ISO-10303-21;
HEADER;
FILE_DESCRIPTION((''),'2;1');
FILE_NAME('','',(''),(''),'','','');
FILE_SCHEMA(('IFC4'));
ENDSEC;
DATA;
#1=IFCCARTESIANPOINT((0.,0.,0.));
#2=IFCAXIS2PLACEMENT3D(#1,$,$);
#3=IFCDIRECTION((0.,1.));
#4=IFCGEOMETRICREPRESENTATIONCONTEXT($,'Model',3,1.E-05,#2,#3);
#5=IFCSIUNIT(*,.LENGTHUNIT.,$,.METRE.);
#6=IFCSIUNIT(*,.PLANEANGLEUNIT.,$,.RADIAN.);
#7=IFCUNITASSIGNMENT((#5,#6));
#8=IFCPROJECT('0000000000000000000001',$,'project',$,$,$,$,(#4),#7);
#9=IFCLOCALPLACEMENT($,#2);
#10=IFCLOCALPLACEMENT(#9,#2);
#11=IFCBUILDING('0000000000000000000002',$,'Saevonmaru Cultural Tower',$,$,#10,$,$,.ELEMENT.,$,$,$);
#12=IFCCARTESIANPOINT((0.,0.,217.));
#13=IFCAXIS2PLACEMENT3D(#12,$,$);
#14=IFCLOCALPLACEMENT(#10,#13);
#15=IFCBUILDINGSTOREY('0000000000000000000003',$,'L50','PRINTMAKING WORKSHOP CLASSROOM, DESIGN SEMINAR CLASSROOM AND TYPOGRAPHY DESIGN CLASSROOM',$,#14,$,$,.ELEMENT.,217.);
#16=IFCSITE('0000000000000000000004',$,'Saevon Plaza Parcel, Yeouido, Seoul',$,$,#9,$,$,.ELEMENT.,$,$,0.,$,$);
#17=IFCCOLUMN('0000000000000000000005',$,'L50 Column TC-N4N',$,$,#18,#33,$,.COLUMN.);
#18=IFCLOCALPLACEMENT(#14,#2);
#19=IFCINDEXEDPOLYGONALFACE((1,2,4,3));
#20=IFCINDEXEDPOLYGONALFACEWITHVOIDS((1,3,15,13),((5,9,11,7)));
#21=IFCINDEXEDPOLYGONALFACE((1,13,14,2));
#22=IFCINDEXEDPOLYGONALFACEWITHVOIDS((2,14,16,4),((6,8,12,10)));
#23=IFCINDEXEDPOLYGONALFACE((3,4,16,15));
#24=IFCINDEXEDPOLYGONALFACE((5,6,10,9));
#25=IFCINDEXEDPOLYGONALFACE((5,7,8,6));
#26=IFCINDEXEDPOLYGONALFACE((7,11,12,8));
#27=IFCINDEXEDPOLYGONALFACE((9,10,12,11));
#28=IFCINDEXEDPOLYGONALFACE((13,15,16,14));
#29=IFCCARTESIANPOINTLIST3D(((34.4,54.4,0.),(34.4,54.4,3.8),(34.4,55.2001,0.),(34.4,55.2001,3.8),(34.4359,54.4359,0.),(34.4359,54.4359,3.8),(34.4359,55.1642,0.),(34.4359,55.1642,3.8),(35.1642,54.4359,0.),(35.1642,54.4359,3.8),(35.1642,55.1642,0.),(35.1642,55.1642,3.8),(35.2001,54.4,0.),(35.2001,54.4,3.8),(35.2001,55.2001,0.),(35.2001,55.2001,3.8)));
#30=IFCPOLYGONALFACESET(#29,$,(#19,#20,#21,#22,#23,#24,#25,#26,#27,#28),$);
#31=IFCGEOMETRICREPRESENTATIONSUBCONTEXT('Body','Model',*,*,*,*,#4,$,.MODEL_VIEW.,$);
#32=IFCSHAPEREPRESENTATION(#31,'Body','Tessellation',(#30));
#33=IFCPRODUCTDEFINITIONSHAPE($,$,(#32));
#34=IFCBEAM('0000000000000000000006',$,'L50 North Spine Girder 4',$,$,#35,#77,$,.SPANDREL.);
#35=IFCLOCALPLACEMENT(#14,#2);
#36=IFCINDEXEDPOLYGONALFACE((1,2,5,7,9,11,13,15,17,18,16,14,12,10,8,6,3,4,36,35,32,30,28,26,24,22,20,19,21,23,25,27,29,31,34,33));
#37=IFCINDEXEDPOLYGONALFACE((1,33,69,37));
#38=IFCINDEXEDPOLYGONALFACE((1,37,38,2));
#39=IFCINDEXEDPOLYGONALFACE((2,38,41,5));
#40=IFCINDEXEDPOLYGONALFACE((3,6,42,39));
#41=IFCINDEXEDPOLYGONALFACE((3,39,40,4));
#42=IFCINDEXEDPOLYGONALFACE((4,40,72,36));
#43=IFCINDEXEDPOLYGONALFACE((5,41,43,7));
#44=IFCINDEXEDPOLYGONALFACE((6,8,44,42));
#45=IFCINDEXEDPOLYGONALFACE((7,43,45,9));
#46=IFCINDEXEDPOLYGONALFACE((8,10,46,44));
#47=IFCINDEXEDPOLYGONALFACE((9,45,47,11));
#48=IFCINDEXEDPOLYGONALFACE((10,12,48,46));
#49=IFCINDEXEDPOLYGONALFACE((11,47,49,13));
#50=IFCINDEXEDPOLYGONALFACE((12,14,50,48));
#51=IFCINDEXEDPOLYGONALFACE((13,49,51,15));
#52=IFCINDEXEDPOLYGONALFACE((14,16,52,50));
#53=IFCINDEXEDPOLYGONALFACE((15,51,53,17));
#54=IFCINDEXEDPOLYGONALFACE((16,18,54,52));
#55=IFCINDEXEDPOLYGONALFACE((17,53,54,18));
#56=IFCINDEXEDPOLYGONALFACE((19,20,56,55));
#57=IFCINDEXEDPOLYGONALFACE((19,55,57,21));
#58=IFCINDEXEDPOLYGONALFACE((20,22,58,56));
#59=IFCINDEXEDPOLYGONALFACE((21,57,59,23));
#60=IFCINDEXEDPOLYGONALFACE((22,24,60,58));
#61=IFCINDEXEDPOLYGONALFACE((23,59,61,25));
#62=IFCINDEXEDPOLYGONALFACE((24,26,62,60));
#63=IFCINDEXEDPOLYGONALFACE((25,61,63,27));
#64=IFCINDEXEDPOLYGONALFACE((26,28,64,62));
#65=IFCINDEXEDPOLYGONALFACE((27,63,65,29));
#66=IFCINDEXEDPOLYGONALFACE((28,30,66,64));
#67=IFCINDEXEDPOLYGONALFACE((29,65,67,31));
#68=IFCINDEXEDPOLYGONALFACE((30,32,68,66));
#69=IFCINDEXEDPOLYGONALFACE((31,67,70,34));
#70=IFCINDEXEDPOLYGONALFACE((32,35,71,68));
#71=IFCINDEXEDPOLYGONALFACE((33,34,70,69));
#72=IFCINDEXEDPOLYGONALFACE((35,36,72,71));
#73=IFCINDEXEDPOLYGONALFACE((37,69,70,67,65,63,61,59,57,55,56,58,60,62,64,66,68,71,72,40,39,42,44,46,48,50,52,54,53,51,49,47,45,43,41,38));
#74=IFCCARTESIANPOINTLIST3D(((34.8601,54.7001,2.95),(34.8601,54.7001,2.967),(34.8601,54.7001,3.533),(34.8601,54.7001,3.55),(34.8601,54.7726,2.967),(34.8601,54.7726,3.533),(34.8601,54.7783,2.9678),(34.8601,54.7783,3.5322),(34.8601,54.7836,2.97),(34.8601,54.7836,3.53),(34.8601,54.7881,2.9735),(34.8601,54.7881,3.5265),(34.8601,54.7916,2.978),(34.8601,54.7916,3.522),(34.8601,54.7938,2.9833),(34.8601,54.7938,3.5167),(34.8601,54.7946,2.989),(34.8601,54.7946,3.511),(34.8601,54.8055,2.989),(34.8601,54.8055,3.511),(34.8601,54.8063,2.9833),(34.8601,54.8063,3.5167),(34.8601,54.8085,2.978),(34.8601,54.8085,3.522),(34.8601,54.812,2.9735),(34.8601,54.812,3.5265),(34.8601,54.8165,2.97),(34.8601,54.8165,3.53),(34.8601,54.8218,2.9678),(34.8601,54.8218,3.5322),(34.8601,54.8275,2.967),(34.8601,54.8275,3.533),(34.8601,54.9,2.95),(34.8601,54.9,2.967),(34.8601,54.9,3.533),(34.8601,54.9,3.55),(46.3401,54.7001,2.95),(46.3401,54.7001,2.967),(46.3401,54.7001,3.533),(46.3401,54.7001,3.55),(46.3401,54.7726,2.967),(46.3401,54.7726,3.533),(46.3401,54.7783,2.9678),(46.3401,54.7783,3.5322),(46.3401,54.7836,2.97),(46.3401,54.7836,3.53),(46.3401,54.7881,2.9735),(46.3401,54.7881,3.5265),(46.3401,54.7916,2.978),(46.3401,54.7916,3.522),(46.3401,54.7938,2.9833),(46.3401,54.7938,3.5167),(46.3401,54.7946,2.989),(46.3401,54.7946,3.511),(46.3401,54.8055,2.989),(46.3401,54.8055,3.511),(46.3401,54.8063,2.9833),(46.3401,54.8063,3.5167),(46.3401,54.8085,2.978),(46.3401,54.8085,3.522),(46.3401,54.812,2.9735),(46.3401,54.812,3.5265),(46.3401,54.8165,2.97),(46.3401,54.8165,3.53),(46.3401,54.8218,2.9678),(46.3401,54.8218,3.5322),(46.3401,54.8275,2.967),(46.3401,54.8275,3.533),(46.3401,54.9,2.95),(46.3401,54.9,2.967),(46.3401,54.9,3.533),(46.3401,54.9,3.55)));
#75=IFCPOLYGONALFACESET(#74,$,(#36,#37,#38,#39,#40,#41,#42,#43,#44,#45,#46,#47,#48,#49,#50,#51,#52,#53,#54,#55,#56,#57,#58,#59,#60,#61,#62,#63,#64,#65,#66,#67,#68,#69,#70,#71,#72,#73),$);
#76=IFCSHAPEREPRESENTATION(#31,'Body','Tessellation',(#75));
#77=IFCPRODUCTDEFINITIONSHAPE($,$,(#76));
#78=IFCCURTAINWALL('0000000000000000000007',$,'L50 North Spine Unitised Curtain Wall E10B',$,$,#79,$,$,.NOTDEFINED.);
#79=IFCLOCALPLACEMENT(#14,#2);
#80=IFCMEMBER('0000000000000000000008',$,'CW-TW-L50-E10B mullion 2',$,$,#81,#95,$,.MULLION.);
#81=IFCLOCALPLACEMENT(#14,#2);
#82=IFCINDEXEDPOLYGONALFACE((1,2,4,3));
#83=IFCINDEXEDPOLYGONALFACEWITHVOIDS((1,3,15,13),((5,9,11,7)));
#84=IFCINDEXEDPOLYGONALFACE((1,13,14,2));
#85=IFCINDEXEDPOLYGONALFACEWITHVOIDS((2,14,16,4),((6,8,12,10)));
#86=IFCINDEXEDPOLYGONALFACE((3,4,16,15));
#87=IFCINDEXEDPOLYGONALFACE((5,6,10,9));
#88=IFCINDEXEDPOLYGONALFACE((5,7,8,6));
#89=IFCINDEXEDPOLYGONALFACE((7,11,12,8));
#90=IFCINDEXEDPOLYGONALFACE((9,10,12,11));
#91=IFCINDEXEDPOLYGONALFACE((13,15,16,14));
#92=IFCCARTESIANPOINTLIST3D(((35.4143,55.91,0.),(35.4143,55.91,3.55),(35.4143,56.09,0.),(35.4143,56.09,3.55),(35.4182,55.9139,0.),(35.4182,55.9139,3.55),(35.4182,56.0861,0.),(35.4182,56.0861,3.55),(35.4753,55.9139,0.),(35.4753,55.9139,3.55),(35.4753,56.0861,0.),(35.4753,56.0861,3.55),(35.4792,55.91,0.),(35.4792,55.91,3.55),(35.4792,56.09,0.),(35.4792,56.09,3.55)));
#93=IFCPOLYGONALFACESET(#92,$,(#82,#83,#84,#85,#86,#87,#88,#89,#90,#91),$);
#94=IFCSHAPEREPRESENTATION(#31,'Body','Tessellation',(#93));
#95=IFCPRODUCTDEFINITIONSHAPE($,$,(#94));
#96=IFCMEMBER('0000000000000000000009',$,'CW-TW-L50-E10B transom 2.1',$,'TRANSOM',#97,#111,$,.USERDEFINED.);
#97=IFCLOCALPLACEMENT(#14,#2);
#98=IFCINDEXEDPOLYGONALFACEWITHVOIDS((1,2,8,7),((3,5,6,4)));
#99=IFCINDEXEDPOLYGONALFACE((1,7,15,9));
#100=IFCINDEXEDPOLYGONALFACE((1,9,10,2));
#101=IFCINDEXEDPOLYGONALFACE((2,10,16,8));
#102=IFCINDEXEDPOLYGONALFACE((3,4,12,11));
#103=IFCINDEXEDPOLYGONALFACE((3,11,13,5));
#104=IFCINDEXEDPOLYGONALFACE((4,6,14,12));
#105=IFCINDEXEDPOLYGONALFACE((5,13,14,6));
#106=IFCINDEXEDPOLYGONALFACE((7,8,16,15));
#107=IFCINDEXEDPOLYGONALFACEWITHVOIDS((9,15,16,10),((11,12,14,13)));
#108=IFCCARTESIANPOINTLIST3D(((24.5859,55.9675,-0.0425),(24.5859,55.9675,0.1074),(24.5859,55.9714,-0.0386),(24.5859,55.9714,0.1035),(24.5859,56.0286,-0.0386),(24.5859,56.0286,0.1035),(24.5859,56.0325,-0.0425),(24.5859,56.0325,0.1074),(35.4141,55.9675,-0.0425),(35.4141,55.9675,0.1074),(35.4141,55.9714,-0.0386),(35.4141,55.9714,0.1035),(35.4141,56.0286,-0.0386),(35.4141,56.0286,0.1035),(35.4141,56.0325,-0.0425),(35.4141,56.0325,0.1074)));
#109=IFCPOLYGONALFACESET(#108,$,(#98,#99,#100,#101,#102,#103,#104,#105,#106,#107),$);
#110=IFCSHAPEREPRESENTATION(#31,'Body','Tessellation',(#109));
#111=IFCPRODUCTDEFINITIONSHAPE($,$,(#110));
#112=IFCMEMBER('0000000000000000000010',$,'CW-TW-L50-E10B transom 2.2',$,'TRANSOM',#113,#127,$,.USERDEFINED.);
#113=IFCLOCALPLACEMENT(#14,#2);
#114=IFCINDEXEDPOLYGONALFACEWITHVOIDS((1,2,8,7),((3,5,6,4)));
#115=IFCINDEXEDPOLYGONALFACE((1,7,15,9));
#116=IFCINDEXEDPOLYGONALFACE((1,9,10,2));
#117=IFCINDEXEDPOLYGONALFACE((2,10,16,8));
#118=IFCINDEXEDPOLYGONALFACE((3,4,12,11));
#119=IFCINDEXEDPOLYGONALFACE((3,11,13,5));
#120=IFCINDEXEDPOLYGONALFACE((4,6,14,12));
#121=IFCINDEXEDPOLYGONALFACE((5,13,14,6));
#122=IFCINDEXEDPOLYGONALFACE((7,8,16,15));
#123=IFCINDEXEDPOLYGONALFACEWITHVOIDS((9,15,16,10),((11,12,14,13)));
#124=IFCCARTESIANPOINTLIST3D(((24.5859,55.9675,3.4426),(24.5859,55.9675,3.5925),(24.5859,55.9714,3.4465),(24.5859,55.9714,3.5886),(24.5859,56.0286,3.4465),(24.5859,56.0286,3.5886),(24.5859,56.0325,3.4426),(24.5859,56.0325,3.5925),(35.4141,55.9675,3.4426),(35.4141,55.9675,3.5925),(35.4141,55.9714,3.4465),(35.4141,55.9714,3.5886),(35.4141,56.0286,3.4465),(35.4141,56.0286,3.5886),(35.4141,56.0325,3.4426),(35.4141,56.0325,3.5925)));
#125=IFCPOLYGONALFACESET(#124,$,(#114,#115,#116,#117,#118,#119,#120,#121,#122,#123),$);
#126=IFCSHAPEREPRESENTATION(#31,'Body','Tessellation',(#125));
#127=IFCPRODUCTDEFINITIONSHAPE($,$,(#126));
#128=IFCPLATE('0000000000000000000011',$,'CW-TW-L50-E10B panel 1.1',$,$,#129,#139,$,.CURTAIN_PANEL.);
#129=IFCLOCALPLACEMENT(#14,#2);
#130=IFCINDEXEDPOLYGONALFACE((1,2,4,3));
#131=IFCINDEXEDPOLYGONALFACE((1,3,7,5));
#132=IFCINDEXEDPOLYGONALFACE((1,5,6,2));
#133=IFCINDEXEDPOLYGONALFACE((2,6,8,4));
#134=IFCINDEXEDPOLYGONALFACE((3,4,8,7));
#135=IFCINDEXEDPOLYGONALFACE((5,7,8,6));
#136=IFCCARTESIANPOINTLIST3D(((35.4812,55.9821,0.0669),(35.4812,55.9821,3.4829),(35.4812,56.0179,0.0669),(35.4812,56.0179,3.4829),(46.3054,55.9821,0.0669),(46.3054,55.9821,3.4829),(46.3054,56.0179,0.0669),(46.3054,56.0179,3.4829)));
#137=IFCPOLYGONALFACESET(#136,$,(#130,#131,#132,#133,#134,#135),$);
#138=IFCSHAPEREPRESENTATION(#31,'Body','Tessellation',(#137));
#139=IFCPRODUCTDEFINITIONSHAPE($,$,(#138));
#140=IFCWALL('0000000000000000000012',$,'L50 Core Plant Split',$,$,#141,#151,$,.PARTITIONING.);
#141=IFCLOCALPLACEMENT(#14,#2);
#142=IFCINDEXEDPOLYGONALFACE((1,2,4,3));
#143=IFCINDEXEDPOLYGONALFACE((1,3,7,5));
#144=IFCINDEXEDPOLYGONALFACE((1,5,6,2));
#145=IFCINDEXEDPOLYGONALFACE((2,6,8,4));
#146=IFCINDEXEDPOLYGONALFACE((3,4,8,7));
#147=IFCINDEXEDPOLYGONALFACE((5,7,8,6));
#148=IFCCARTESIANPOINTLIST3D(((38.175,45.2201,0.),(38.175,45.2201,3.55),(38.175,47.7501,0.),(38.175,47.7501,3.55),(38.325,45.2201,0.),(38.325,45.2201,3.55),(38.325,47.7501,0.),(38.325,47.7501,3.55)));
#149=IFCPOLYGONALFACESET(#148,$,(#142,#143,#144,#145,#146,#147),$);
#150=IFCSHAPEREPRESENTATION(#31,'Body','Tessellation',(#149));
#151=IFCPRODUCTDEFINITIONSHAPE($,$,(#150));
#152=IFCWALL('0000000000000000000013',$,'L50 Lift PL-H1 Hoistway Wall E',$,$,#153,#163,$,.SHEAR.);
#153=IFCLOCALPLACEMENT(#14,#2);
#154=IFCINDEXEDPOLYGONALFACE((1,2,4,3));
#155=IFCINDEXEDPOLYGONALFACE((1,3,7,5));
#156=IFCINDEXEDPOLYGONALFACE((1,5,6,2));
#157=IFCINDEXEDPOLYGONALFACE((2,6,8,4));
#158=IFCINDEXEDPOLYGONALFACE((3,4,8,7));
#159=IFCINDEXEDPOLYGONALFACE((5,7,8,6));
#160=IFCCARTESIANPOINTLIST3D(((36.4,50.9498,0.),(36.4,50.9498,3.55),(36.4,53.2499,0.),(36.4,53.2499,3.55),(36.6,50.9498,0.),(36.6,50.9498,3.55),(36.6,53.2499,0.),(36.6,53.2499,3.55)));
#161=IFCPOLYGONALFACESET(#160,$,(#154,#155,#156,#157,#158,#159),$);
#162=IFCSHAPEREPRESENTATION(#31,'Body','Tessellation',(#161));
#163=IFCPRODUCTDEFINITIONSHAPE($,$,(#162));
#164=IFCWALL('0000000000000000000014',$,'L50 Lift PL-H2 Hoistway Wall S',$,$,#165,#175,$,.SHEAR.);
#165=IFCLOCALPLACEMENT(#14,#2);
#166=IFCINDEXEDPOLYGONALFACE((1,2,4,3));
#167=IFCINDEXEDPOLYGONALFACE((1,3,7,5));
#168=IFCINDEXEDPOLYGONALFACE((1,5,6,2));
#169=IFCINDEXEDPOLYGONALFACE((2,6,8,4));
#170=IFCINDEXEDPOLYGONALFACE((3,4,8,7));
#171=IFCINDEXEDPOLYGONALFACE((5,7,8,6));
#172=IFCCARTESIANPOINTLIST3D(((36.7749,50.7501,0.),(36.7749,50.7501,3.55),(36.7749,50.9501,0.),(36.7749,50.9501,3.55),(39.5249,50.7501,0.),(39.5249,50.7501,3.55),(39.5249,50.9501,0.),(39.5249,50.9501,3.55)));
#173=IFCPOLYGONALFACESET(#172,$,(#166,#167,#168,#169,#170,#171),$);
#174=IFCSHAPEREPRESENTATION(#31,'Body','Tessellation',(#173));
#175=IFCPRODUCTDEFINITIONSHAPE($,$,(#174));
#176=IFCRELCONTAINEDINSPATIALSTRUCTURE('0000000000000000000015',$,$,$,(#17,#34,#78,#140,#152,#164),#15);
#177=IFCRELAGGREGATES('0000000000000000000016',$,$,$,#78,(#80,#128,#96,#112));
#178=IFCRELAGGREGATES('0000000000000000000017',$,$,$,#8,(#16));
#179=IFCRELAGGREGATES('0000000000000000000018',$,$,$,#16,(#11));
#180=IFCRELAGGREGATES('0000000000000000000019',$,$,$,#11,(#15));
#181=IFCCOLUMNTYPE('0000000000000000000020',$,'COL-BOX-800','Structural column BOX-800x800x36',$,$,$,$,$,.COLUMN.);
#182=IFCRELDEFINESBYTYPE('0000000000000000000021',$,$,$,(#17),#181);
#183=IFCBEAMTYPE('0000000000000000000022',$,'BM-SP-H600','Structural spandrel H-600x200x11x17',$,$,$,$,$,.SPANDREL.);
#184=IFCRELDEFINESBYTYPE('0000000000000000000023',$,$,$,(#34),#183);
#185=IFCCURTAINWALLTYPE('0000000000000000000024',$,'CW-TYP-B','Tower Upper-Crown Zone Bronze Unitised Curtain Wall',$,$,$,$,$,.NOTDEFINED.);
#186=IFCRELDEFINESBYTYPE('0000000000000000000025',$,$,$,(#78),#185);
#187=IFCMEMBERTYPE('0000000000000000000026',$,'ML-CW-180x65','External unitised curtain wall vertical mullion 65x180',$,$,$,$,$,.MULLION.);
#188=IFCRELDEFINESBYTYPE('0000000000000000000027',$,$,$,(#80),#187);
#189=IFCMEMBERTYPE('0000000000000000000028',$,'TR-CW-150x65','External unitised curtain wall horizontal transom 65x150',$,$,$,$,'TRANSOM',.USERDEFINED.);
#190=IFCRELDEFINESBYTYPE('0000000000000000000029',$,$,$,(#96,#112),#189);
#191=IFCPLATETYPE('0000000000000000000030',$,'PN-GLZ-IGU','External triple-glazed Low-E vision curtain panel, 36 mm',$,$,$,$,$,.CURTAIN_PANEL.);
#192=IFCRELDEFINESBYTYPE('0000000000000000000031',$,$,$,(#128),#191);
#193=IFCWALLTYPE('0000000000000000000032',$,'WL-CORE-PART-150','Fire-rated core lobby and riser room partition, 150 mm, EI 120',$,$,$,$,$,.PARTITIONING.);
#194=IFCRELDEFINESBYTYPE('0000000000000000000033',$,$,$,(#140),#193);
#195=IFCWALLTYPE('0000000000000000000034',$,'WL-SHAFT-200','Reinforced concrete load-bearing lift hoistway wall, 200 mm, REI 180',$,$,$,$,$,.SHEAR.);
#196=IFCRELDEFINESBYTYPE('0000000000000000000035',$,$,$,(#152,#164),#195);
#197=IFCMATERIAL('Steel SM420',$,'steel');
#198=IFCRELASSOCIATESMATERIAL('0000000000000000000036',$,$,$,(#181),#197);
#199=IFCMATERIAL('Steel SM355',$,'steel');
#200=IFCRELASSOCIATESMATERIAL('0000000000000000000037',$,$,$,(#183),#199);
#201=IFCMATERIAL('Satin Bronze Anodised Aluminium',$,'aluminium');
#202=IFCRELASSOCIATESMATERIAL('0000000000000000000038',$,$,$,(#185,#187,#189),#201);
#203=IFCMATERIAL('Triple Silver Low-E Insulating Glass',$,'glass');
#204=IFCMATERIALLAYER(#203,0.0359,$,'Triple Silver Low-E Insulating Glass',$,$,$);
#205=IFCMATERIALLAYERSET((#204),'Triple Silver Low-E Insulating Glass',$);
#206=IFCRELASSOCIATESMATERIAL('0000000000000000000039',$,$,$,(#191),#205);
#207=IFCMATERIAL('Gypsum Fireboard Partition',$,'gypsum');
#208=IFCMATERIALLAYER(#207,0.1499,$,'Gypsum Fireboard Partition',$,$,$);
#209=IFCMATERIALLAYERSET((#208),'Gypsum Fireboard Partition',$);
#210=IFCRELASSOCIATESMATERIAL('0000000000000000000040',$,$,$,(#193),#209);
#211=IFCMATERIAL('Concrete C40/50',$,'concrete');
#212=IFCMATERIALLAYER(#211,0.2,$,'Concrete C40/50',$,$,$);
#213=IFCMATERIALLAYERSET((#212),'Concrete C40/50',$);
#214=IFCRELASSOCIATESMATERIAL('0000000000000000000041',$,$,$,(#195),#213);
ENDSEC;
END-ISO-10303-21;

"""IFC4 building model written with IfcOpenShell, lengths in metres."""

from ifc_helpers import new_model, si_unit, direction, frame, frame_2d, origin, origin_2d, place, context, subcontext, project, spatial, rectangle, hollow_rectangle, i_section, extrude, material, layer, layer_set, material_profile, profile_set, type_object, element, aggregate, save


model = new_model("IFC4")

# Units and contexts
model_context = context("Model", 3, precision=1e-05, world=origin(), true_north=direction((0.0, 1.0)))
body_context = subcontext(model_context, "Body", "Model", "MODEL_VIEW")
ifc_project = project(units=[si_unit("LENGTHUNIT", "METRE"), si_unit("PLANEANGLEUNIT", "RADIAN")], contexts=[model_context])

# Site, building, storey
site_placement = place(None, origin())
site = spatial("IfcSite", under=ifc_project, at=site_placement, Name="Saevon Plaza Parcel, Yeouido, Seoul", CompositionType="ELEMENT", RefElevation=0.0)
building_placement = place(site_placement, origin())
building = spatial("IfcBuilding", under=site, at=building_placement, Name="Saevonmaru Cultural Tower", CompositionType="ELEMENT")
storey_placement = place(building_placement, frame((0.0, 0.0, 217.0)))
storey = spatial("IfcBuildingStorey", under=building, at=storey_placement, Name="L50", Description="PRINTMAKING WORKSHOP CLASSROOM, DESIGN SEMINAR CLASSROOM AND TYPOGRAPHY DESIGN CLASSROOM", CompositionType="ELEMENT", Elevation=217.0)

# Column
ifc_material_1 = material(Name="Steel SM420", Category="steel")
ifc_material_profile_1 = material_profile(ifc_material_1, hollow_rectangle(XDim=0.8, YDim=0.8, WallThickness=0.0359, at=origin_2d()), Name="BOX-800x800x36")
ifc_profile_set_1 = profile_set([ifc_material_profile_1], Name="Steel SM420")
column_type = type_object("IfcColumnType", Name="COL-BOX-800", Description="Structural column BOX-800x800x36", PredefinedType="COLUMN", material=ifc_profile_set_1)
column_placement = place(storey_placement, frame((34.8, 54.8, 0.0), z_axis=(0.0, 0.0, 1.0), x_axis=(1.0, 0.0, 0.0)))
element("IfcColumn", 1, at=column_placement, inside=storey, type_object=column_type, Name="L50 Column TC-N4N", PredefinedType="COLUMN", context=body_context, shape_type="SweptSolid", body=[
    extrude(hollow_rectangle(XDim=0.8, YDim=0.8, WallThickness=0.0359, at=origin_2d()), origin(), (0.0, 0.0, 1.0), 3.8),
])

# Beam
ifc_material_2 = material(Name="Steel SM355", Category="steel")
ifc_material_profile_2 = material_profile(ifc_material_2, i_section(OverallWidth=0.2, OverallDepth=0.6001, WebThickness=0.011, FlangeThickness=0.0171, FilletRadius=0.022, at=origin_2d()), Name="H-600x200x11x17")
ifc_profile_set_2 = profile_set([ifc_material_profile_2], Name="Steel SM355")
beam_type = type_object("IfcBeamType", Name="BM-SP-H600", Description="Structural spandrel H-600x200x11x17", PredefinedType="SPANDREL", material=ifc_profile_set_2)
beam_placement = place(storey_placement, frame((34.8601, 54.8, 3.25), z_axis=(1.0, 0.0, 0.0), x_axis=(0.0, 1.0, 0.0)))
element("IfcBeam", 2, at=beam_placement, inside=storey, type_object=beam_type, Name="L50 North Spine Girder 4", PredefinedType="SPANDREL", context=body_context, shape_type="SweptSolid", body=[
    extrude(i_section(OverallWidth=0.2, OverallDepth=0.6001, WebThickness=0.011, FlangeThickness=0.0171, FilletRadius=0.022, at=origin_2d()), origin(), (0.0, 0.0, 1.0), 11.48),
])

# Curtain wall, members, plate
ifc_material_3 = material(Name="Satin Bronze Anodised Aluminium", Category="aluminium")
curtain_wall_type = type_object("IfcCurtainWallType", Name="CW-TYP-B", Description="Tower Upper-Crown Zone Bronze Unitised Curtain Wall", PredefinedType="NOTDEFINED", material=ifc_material_3)
curtain_wall_placement = place(storey_placement, origin())
curtain_wall = element("IfcCurtainWall", 3, at=curtain_wall_placement, inside=storey, type_object=curtain_wall_type, Name="L50 North Spine Unitised Curtain Wall E10B", PredefinedType="NOTDEFINED")
ifc_material_profile_3 = material_profile(ifc_material_3, hollow_rectangle(XDim=0.0649, YDim=0.1799, WallThickness=0.0039, at=origin_2d()), Name="ALU-MULL-180x65x4")
ifc_profile_set_3 = profile_set([ifc_material_profile_3], Name="Satin Bronze Anodised Aluminium")
member_type_1 = type_object("IfcMemberType", Name="ML-CW-180x65", Description="External unitised curtain wall vertical mullion 65x180", PredefinedType="MULLION", material=ifc_profile_set_3)
member_1_placement = place(storey_placement, frame((35.4468, 56.0, 0.0), z_axis=(0.0, 0.0, 1.0), x_axis=(-1.0, 0.0, 0.0)))
member_1 = element("IfcMember", 4, at=member_1_placement, type_object=member_type_1, Name="CW-TW-L50-E10B mullion 2", PredefinedType="MULLION", context=body_context, shape_type="SweptSolid", body=[
    extrude(hollow_rectangle(XDim=0.0649, YDim=0.1799, WallThickness=0.0039, at=origin_2d()), origin(), (0.0, 0.0, 1.0), 3.55),
])
ifc_material_profile_4 = material_profile(ifc_material_3, hollow_rectangle(XDim=0.0649, YDim=0.1499, WallThickness=0.0039, at=origin_2d()), Name="ALU-TRAN-150x65x4")
ifc_profile_set_4 = profile_set([ifc_material_profile_4], Name="Satin Bronze Anodised Aluminium")
member_type_2 = type_object("IfcMemberType", Name="TR-CW-150x65", Description="External unitised curtain wall horizontal transom 65x150", ElementType="TRANSOM", PredefinedType="USERDEFINED", material=ifc_profile_set_4)
member_2_placement = place(storey_placement, frame((35.4141, 56.0, 0.0325), z_axis=(-1.0, 0.0, 0.0), x_axis=(0.0, -1.0, 0.0)))
member_2 = element("IfcMember", 5, at=member_2_placement, type_object=member_type_2, Name="CW-TW-L50-E10B transom 2.1", ObjectType="TRANSOM", PredefinedType="USERDEFINED", context=body_context, shape_type="SweptSolid", body=[
    extrude(hollow_rectangle(XDim=0.0649, YDim=0.1499, WallThickness=0.0039, at=origin_2d()), origin(), (0.0, 0.0, 1.0), 10.8281),
])
member_3_placement = place(storey_placement, frame((35.4141, 56.0, 3.5176), z_axis=(-1.0, 0.0, 0.0), x_axis=(0.0, -1.0, 0.0)))
member_3 = element("IfcMember", 6, at=member_3_placement, type_object=member_type_2, Name="CW-TW-L50-E10B transom 2.2", ObjectType="TRANSOM", PredefinedType="USERDEFINED", context=body_context, shape_type="SweptSolid", body=[
    extrude(hollow_rectangle(XDim=0.0649, YDim=0.1499, WallThickness=0.0039, at=origin_2d()), origin(), (0.0, 0.0, 1.0), 10.8281),
])
ifc_material_4 = material(Name="Triple Silver Low-E Insulating Glass", Category="glass")
ifc_layer_1 = layer(ifc_material_4, 0.0359, Name="Triple Silver Low-E Insulating Glass")
ifc_layer_set_1 = layer_set([ifc_layer_1], Name="Triple Silver Low-E Insulating Glass")
plate_type = type_object("IfcPlateType", Name="PN-GLZ-IGU", Description="External triple-glazed Low-E vision curtain panel, 36 mm", PredefinedType="CURTAIN_PANEL", material=ifc_layer_set_1)
plate_placement = place(storey_placement, frame((40.8933, 56.0, 0.0669), z_axis=(0.0, 0.0, 1.0), x_axis=(-1.0, 0.0, 0.0)))
plate = element("IfcPlate", 7, at=plate_placement, type_object=plate_type, Name="CW-TW-L50-E10B panel 1.1", PredefinedType="CURTAIN_PANEL", context=body_context, shape_type="SweptSolid", body=[
    extrude(rectangle(XDim=10.8242, YDim=0.0359, at=origin_2d()), origin(), (0.0, 0.0, 1.0), 3.416),
])
aggregate(curtain_wall, [member_1, plate, member_2, member_3])

# Walls
ifc_material_5 = material(Name="Gypsum Fireboard Partition", Category="gypsum")
ifc_layer_2 = layer(ifc_material_5, 0.1499, Name="Gypsum Fireboard Partition")
ifc_layer_set_2 = layer_set([ifc_layer_2], Name="Gypsum Fireboard Partition")
wall_type_1 = type_object("IfcWallType", Name="WL-CORE-PART-150", Description="Fire-rated core lobby and riser room partition, 150 mm, EI 120", PredefinedType="PARTITIONING", material=ifc_layer_set_2)
wall_1_placement = place(storey_placement, frame((38.25, 45.22, 0.0), z_axis=(0.0, 0.0, 1.0), x_axis=(0.0, 1.0, 0.0)))
element("IfcWall", 8, at=wall_1_placement, inside=storey, type_object=wall_type_1, Name="L50 Core Plant Split", PredefinedType="PARTITIONING", context=body_context, shape_type="SweptSolid", body=[
    extrude(rectangle(XDim=2.53, YDim=0.1499, at=frame_2d((1.2651, 0.0))), origin(), (0.0, 0.0, 1.0), 3.55),
])
ifc_material_6 = material(Name="Concrete C40/50", Category="concrete")
ifc_layer_3 = layer(ifc_material_6, 0.2, Name="Concrete C40/50")
ifc_layer_set_3 = layer_set([ifc_layer_3], Name="Concrete C40/50")
wall_type_2 = type_object("IfcWallType", Name="WL-SHAFT-200", Description="Reinforced concrete load-bearing lift hoistway wall, 200 mm, REI 180", PredefinedType="SHEAR", material=ifc_layer_set_3)
wall_2_placement = place(storey_placement, frame((36.5, 50.95, 0.0), z_axis=(0.0, 0.0, 1.0), x_axis=(0.0, 1.0, 0.0)))
element("IfcWall", 9, at=wall_2_placement, inside=storey, type_object=wall_type_2, Name="L50 Lift PL-H1 Hoistway Wall E", PredefinedType="SHEAR", context=body_context, shape_type="SweptSolid", body=[
    extrude(rectangle(XDim=2.3, YDim=0.2, at=frame_2d((1.1499, 0.0))), origin(), (0.0, 0.0, 1.0), 3.55),
])
for number, where, z_axis, x_axis, name in (
    (10, (36.7749, 50.8501, 0.0), (0.0, 0.0, 1.0), (1.0, 0.0, 0.0), "L50 Lift PL-H2 Hoistway Wall S"),
):
    element("IfcWall", number, at=place(storey_placement, frame(where, z_axis=z_axis, x_axis=x_axis)), inside=storey, type_object=wall_type_2, Name=name, PredefinedType="SHEAR", context=body_context, shape_type="SweptSolid", body=[
        extrude(rectangle(XDim=2.75, YDim=0.2, at=frame_2d((1.375, 0.0))), origin(), (0.0, 0.0, 1.0), 3.55),
    ])

save(model, "model.ifc")
